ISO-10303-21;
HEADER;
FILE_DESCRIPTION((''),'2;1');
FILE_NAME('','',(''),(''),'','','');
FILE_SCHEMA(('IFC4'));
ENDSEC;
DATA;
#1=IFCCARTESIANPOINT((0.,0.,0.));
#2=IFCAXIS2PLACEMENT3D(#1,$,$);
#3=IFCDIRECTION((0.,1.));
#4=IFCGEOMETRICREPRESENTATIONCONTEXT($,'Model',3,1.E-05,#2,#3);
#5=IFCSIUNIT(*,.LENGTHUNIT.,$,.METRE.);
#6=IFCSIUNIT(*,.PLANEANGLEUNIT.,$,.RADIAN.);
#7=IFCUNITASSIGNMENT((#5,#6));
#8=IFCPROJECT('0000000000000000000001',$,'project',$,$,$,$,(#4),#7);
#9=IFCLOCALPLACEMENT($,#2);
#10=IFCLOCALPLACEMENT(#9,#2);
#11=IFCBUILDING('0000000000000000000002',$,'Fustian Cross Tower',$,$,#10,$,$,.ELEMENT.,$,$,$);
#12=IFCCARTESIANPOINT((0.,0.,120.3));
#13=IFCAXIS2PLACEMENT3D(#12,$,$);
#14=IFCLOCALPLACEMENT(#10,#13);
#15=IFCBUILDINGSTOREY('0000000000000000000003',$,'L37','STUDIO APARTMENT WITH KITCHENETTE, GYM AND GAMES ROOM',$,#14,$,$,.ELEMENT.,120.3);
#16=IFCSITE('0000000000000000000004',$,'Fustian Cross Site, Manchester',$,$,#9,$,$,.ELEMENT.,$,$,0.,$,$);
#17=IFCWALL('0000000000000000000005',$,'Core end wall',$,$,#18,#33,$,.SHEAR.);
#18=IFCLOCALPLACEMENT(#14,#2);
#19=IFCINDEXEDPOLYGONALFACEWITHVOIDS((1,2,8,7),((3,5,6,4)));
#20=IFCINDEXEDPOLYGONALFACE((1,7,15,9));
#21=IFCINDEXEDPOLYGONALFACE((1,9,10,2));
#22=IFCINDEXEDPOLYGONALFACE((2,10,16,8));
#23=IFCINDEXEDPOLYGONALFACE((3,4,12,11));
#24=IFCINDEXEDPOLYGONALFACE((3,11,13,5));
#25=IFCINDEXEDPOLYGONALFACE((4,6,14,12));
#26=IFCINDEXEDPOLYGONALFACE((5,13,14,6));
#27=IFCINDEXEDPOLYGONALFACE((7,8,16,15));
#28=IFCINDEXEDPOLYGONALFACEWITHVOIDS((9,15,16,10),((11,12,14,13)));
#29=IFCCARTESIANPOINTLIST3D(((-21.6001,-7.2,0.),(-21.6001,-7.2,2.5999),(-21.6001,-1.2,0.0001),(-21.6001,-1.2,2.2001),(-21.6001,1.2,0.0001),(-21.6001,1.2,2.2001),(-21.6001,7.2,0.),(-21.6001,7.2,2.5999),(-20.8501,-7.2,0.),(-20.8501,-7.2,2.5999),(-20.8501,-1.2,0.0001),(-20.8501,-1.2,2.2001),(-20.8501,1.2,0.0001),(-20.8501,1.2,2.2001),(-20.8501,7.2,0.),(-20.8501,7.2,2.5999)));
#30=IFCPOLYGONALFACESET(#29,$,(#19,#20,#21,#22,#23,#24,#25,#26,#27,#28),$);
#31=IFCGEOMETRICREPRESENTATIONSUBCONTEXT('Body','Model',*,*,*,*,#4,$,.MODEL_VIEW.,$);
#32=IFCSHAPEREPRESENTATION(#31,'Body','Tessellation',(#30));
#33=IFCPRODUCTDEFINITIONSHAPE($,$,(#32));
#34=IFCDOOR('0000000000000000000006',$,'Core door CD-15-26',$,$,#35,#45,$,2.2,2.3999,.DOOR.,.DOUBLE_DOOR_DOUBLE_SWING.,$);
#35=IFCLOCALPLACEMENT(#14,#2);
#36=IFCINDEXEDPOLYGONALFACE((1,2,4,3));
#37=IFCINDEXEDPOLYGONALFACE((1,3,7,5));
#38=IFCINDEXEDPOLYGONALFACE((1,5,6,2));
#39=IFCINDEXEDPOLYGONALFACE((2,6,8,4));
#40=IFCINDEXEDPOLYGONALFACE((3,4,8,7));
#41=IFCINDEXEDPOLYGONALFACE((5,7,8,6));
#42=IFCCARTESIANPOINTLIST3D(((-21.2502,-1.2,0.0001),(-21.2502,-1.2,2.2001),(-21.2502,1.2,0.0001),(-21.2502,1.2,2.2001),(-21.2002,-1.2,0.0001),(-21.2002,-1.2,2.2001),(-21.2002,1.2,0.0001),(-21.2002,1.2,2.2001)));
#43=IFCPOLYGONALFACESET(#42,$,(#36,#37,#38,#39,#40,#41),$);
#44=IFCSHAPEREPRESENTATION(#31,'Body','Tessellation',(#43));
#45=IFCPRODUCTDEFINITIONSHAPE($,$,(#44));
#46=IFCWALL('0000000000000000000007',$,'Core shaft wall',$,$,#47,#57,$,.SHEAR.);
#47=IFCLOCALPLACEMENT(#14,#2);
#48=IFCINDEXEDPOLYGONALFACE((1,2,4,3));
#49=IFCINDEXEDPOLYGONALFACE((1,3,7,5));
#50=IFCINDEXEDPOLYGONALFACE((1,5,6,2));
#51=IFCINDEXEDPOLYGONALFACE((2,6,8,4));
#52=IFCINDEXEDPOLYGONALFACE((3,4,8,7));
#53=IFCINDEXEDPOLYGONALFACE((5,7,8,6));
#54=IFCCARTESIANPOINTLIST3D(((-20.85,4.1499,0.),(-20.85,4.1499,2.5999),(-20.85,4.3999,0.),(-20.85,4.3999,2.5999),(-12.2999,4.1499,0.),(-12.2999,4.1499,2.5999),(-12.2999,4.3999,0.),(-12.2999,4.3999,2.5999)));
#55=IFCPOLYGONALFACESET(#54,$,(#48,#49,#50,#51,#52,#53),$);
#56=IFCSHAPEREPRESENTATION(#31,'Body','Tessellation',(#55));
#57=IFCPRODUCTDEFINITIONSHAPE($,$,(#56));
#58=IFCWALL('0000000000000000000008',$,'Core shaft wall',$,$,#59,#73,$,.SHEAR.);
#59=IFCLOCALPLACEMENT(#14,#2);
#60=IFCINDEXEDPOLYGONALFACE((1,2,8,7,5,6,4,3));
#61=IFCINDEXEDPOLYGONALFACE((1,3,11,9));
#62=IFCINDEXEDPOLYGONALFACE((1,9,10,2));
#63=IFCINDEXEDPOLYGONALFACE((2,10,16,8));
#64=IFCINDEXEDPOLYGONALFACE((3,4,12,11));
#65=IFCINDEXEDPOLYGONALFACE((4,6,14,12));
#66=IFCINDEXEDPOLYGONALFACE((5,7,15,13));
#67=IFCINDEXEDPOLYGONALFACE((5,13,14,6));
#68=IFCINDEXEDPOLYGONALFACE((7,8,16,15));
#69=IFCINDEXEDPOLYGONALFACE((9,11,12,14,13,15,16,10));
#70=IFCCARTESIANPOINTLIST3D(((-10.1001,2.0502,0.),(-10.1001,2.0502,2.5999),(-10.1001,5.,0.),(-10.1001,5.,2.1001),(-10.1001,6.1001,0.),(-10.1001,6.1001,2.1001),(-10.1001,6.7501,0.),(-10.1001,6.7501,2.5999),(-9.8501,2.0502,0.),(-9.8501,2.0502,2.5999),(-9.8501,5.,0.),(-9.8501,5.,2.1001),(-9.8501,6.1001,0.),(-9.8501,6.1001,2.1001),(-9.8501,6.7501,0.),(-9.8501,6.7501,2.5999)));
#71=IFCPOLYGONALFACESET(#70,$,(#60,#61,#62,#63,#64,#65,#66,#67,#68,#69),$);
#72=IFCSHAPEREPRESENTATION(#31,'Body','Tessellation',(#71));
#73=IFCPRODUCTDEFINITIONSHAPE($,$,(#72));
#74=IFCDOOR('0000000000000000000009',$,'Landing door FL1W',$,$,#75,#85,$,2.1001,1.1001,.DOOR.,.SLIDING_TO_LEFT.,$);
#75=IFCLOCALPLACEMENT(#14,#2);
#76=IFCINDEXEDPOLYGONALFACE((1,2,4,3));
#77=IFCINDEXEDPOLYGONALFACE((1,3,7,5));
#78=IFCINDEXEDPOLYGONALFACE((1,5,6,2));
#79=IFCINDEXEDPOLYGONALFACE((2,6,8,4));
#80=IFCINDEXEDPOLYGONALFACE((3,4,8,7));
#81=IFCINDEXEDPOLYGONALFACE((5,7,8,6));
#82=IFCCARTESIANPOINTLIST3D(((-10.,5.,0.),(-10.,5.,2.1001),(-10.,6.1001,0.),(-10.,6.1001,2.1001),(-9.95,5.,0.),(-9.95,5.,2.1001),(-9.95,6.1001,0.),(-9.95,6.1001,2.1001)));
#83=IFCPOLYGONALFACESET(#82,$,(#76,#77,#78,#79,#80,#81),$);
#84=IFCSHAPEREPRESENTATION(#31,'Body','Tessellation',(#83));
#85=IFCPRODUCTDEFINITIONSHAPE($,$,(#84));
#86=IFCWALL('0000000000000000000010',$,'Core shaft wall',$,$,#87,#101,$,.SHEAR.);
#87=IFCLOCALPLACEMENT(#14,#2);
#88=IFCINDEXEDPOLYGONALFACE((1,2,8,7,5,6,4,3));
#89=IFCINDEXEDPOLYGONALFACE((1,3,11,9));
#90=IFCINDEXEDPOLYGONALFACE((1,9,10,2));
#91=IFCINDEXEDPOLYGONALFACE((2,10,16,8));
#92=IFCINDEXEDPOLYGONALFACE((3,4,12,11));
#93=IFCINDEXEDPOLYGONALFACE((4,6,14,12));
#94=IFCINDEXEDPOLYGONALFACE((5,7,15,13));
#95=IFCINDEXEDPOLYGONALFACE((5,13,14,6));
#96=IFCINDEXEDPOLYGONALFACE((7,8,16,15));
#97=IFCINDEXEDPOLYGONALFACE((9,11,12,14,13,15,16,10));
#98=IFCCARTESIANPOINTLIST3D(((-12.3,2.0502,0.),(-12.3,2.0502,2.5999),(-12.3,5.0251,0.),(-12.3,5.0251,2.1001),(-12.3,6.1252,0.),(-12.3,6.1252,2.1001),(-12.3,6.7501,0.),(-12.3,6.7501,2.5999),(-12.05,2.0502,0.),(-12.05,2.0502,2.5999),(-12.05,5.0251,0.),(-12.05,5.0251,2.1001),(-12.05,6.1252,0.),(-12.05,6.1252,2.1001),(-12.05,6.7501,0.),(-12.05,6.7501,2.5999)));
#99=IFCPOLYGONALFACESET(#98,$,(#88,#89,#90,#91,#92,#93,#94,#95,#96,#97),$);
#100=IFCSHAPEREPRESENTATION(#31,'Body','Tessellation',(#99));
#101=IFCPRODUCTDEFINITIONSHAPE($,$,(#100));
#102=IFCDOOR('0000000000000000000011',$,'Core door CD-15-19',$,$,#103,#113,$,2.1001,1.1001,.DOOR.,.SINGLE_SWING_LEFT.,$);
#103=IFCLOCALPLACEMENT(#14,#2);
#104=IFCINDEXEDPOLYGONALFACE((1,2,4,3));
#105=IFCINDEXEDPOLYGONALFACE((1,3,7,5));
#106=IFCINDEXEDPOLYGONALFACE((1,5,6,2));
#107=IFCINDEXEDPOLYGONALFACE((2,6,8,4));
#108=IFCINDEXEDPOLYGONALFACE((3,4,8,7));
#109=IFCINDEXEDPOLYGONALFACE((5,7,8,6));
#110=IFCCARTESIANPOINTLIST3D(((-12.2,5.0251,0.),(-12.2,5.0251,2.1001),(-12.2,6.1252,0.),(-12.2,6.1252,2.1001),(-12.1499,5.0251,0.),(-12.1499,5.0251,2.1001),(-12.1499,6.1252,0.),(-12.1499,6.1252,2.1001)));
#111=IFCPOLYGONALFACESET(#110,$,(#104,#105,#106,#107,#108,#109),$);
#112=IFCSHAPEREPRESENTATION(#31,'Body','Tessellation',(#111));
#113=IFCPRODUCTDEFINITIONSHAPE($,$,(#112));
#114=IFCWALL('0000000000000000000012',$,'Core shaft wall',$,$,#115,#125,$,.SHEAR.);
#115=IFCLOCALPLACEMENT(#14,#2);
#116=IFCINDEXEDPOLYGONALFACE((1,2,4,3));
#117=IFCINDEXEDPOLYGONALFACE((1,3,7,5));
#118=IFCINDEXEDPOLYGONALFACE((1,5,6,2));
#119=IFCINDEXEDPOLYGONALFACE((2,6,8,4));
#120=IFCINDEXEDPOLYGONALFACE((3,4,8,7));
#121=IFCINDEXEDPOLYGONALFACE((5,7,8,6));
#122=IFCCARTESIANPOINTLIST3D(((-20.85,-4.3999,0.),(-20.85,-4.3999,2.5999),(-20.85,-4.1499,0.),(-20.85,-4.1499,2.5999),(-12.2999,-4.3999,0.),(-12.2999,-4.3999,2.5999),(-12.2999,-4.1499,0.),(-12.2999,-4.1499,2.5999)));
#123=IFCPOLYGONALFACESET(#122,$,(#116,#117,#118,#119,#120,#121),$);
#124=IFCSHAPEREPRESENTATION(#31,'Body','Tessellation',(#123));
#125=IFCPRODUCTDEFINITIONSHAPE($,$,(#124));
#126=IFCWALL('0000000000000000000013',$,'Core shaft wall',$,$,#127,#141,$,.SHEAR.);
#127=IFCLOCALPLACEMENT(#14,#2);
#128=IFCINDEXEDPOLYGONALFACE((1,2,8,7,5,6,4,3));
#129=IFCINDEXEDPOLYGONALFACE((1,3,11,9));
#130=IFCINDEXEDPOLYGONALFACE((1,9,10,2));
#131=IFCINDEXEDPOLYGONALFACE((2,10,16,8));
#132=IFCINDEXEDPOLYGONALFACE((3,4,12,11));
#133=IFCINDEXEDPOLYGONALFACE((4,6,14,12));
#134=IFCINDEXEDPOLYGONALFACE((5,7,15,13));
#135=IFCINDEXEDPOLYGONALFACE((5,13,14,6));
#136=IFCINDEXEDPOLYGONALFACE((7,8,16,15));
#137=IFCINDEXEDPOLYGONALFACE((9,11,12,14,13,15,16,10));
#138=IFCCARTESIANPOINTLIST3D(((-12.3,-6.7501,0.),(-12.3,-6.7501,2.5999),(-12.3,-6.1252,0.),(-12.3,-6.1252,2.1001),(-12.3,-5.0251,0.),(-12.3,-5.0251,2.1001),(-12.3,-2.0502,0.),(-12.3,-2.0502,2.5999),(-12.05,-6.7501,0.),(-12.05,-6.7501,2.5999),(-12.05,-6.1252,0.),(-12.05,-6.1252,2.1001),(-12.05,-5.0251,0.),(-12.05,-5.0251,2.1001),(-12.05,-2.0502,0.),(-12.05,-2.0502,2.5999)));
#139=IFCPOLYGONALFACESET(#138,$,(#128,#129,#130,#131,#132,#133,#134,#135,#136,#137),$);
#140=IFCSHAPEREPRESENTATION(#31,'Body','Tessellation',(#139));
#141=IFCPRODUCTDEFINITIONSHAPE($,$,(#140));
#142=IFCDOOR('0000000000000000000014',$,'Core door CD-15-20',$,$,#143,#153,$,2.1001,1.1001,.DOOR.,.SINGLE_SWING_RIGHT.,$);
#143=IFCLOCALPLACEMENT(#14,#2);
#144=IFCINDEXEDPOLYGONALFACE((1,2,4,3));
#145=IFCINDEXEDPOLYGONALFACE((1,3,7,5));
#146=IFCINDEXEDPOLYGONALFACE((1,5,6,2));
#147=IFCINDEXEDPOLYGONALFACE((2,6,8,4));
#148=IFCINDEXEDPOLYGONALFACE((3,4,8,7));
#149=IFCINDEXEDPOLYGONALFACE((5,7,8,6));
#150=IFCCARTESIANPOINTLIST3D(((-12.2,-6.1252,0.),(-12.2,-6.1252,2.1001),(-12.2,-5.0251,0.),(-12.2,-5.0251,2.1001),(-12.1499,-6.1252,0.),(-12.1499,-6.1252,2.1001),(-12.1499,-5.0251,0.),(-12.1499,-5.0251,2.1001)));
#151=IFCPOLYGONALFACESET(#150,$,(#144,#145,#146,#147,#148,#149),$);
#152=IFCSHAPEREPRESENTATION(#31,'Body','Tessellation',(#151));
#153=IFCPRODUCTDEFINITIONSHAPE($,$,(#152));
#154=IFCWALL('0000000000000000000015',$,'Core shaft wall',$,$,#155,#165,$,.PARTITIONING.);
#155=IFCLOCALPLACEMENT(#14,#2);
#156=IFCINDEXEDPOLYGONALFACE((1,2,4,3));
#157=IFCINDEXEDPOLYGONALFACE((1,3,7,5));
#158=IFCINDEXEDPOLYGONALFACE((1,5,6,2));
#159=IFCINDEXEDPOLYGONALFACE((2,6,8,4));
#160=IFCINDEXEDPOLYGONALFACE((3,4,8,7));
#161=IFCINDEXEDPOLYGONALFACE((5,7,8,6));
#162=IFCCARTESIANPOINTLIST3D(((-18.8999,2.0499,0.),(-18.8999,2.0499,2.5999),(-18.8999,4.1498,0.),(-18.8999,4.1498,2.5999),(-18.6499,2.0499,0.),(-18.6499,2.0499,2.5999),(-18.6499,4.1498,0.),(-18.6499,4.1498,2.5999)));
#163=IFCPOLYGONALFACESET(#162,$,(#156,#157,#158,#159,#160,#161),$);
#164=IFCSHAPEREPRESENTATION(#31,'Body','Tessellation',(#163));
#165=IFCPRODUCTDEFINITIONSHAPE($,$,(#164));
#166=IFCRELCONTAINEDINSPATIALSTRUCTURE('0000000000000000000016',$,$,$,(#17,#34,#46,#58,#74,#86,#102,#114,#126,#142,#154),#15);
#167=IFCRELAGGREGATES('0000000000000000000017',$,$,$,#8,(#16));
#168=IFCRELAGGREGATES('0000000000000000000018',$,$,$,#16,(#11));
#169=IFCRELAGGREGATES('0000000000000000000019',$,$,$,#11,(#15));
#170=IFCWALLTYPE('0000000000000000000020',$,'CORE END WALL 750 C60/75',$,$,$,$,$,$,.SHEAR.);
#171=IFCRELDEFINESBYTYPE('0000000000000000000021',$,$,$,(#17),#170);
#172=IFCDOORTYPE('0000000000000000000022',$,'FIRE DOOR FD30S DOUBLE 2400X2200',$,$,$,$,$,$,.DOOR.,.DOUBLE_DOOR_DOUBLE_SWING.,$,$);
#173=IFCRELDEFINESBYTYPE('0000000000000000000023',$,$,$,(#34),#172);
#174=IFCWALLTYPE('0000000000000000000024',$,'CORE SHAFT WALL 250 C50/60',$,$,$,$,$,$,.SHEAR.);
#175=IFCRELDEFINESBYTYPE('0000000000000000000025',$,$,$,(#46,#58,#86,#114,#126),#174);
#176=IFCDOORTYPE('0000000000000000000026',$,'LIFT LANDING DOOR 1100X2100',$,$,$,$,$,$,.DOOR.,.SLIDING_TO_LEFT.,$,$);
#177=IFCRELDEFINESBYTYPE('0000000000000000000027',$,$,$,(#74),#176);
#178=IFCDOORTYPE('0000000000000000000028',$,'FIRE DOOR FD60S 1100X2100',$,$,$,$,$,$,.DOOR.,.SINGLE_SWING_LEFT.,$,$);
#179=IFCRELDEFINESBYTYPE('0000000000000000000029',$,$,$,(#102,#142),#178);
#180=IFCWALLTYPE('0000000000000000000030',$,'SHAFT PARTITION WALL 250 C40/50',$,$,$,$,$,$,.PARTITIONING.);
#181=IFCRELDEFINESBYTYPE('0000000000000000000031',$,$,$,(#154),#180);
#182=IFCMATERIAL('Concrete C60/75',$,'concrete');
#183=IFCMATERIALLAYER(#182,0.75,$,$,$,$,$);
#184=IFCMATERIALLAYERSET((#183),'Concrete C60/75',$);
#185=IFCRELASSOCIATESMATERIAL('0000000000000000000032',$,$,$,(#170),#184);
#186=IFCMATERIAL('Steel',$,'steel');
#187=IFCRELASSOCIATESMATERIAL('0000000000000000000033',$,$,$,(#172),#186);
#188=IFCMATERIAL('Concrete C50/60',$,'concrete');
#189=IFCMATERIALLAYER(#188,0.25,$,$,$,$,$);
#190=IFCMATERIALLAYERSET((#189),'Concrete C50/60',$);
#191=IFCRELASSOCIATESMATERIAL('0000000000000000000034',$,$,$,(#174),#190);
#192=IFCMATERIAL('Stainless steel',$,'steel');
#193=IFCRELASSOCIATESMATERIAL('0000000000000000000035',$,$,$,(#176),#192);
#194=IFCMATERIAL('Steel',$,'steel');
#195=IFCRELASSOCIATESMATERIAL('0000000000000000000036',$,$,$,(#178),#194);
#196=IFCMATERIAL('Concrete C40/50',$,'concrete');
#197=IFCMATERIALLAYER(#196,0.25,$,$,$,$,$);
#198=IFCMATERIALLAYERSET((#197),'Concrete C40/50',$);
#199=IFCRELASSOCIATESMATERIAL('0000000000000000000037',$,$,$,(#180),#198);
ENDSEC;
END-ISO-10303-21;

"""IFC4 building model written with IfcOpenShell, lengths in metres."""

from ifc_helpers import new_model, si_unit, direction, frame, frame_2d, origin, place, context, subcontext, project, spatial, rectangle, extrude, material, layer, layer_set, type_object, element, fill, save


model = new_model("IFC4")

# Units and contexts
model_context = context("Model", 3, precision=1e-05, world=origin(), true_north=direction((0.0, 1.0)))
body_context = subcontext(model_context, "Body", "Model", "MODEL_VIEW")
ifc_project = project(units=[si_unit("LENGTHUNIT", "METRE"), si_unit("PLANEANGLEUNIT", "RADIAN")], contexts=[model_context])

# Site, building, storey
site_placement = place(None, origin())
site = spatial("IfcSite", under=ifc_project, at=site_placement, Name="Fustian Cross Site, Manchester", CompositionType="ELEMENT", RefElevation=0.0)
building_placement = place(site_placement, origin())
building = spatial("IfcBuilding", under=site, at=building_placement, Name="Fustian Cross Tower", CompositionType="ELEMENT")
storey_placement = place(building_placement, frame((0.0, 0.0, 120.3)))
storey = spatial("IfcBuildingStorey", under=building, at=storey_placement, Name="L37", Description="STUDIO APARTMENT WITH KITCHENETTE, GYM AND GAMES ROOM", CompositionType="ELEMENT", Elevation=120.3)

# Wall, opening, door
ifc_material_1 = material(Name="Concrete C60/75", Category="concrete")
ifc_layer_1 = layer(ifc_material_1, 0.75)
ifc_layer_set_1 = layer_set([ifc_layer_1], Name="Concrete C60/75")
wall_type_1 = type_object("IfcWallType", Name="CORE END WALL 750 C60/75", PredefinedType="SHEAR", material=ifc_layer_set_1)
wall_1_placement = place(storey_placement, frame((-21.2251, -7.2, 0.0), z_axis=(0.0, 0.0, 1.0), x_axis=(0.0, 1.0, 0.0)))
wall_1 = element("IfcWall", 1, at=wall_1_placement, inside=storey, type_object=wall_type_1, Name="Core end wall", PredefinedType="SHEAR", context=body_context, shape_type="SweptSolid", body=[
    extrude(rectangle(XDim=14.3999, YDim=0.75, at=frame_2d((7.2, 0.0))), origin(), (0.0, 0.0, 1.0), 2.5999),
])
opening_1_placement = place(wall_1_placement, frame((6.0, 0.0, 0.0)))
opening_1 = element("IfcOpeningElement", 2, at=opening_1_placement, cuts=wall_1, PredefinedType="OPENING", context=body_context, shape_type="SweptSolid", body=[
    extrude(rectangle(XDim=2.3999, YDim=2.2, at=frame_2d((1.2, 1.1001))), frame((0.0, 0.385, 0.0), z_axis=(0.0, -1.0, 0.0), x_axis=(1.0, 0.0, 0.0)), (0.0, 0.0, 1.0), 0.77),
])
ifc_material_2 = material(Name="Steel", Category="steel")
door_type_1 = type_object("IfcDoorType", Name="FIRE DOOR FD30S DOUBLE 2400X2200", OperationType="DOUBLE_DOOR_DOUBLE_SWING", PredefinedType="DOOR", material=ifc_material_2)
door_1_placement = place(opening_1_placement, frame((2.3999, 0.0, 0.0), z_axis=(0.0, 0.0, 1.0), x_axis=(-1.0, 0.0, 0.0)))
door_1 = element("IfcDoor", 3, at=door_1_placement, inside=storey, type_object=door_type_1, Name="Core door CD-15-26", OperationType="DOUBLE_DOOR_DOUBLE_SWING", OverallHeight=2.2, OverallWidth=2.3999, PredefinedType="DOOR", context=body_context, shape_type="SweptSolid", body=[
    extrude(rectangle(XDim=2.3999, YDim=2.2, at=frame_2d((1.2, 1.1001))), frame((0.0, 0.0249, 0.0), z_axis=(0.0, -1.0, 0.0), x_axis=(1.0, 0.0, 0.0)), (0.0, 0.0, 1.0), 0.05),
])
fill(opening_1, door_1)

# Wall
ifc_material_3 = material(Name="Concrete C50/60", Category="concrete")
ifc_layer_2 = layer(ifc_material_3, 0.25)
ifc_layer_set_2 = layer_set([ifc_layer_2], Name="Concrete C50/60")
wall_type_2 = type_object("IfcWallType", Name="CORE SHAFT WALL 250 C50/60", PredefinedType="SHEAR", material=ifc_layer_set_2)
wall_2_placement = place(storey_placement, frame((-12.3, 4.2749, 0.0), z_axis=(0.0, 0.0, 1.0), x_axis=(-1.0, 0.0, 0.0)))
element("IfcWall", 4, at=wall_2_placement, inside=storey, type_object=wall_type_2, Name="Core shaft wall", PredefinedType="SHEAR", context=body_context, shape_type="SweptSolid", body=[
    extrude(rectangle(XDim=8.55, YDim=0.25, at=frame_2d((4.2749, 0.0))), origin(), (0.0, 0.0, 1.0), 2.5999),
])

# Walls, openings, doors
wall_3_placement = place(storey_placement, frame((-9.9751, 2.05, 0.0), z_axis=(0.0, 0.0, 1.0), x_axis=(0.0, 1.0, 0.0)))
wall_3 = element("IfcWall", 5, at=wall_3_placement, inside=storey, type_object=wall_type_2, Name="Core shaft wall", PredefinedType="SHEAR", context=body_context, shape_type="SweptSolid", body=[
    extrude(rectangle(XDim=4.7, YDim=0.25, at=frame_2d((2.3501, 0.0))), origin(), (0.0, 0.0, 1.0), 2.5999),
])
opening_2_placement = place(wall_3_placement, frame((2.95, 0.0, 0.0)))
opening_2 = element("IfcOpeningElement", 6, at=opening_2_placement, cuts=wall_3, PredefinedType="OPENING", context=body_context, shape_type="SweptSolid", body=[
    extrude(rectangle(XDim=1.1001, YDim=2.1001, at=frame_2d((0.55, 1.05))), frame((0.0, 0.135, 0.0), z_axis=(0.0, -1.0, 0.0), x_axis=(1.0, 0.0, 0.0)), (0.0, 0.0, 1.0), 0.27),
])
ifc_material_4 = material(Name="Stainless steel", Category="steel")
door_type_2 = type_object("IfcDoorType", Name="LIFT LANDING DOOR 1100X2100", OperationType="SLIDING_TO_LEFT", PredefinedType="DOOR", material=ifc_material_4)
door_2_placement = place(opening_2_placement, origin())
door_2 = element("IfcDoor", 7, at=door_2_placement, inside=storey, type_object=door_type_2, Name="Landing door FL1W", OperationType="SLIDING_TO_LEFT", OverallHeight=2.1001, OverallWidth=1.1001, PredefinedType="DOOR", context=body_context, shape_type="SweptSolid", body=[
    extrude(rectangle(XDim=1.1001, YDim=2.1001, at=frame_2d((0.55, 1.05))), frame((0.0, 0.0249, 0.0), z_axis=(0.0, -1.0, 0.0), x_axis=(1.0, 0.0, 0.0)), (0.0, 0.0, 1.0), 0.05),
])
fill(opening_2, door_2)
wall_4_placement = place(storey_placement, frame((-12.175, 2.05, 0.0), z_axis=(0.0, 0.0, 1.0), x_axis=(0.0, 1.0, 0.0)))
wall_4 = element("IfcWall", 8, at=wall_4_placement, inside=storey, type_object=wall_type_2, Name="Core shaft wall", PredefinedType="SHEAR", context=body_context, shape_type="SweptSolid", body=[
    extrude(rectangle(XDim=4.7, YDim=0.25, at=frame_2d((2.3501, 0.0))), origin(), (0.0, 0.0, 1.0), 2.5999),
])
opening_3_placement = place(wall_4_placement, frame((2.9751, 0.0, 0.0)))
opening_3 = element("IfcOpeningElement", 9, at=opening_3_placement, cuts=wall_4, PredefinedType="OPENING", context=body_context, shape_type="SweptSolid", body=[
    extrude(rectangle(XDim=1.1001, YDim=2.1001, at=frame_2d((0.55, 1.05))), frame((0.0, 0.135, 0.0), z_axis=(0.0, -1.0, 0.0), x_axis=(1.0, 0.0, 0.0)), (0.0, 0.0, 1.0), 0.27),
])
ifc_material_5 = material(Name="Steel", Category="steel")
door_type_3 = type_object("IfcDoorType", Name="FIRE DOOR FD60S 1100X2100", OperationType="SINGLE_SWING_LEFT", PredefinedType="DOOR", material=ifc_material_5)
door_3_placement = place(opening_3_placement, origin())
door_3 = element("IfcDoor", 10, at=door_3_placement, inside=storey, type_object=door_type_3, Name="Core door CD-15-19", OperationType="SINGLE_SWING_LEFT", OverallHeight=2.1001, OverallWidth=1.1001, PredefinedType="DOOR", context=body_context, shape_type="SweptSolid", body=[
    extrude(rectangle(XDim=1.1001, YDim=2.1001, at=frame_2d((0.55, 1.05))), frame((0.0, 0.0249, 0.0), z_axis=(0.0, -1.0, 0.0), x_axis=(1.0, 0.0, 0.0)), (0.0, 0.0, 1.0), 0.05),
])
fill(opening_3, door_3)

# Wall
wall_5_placement = place(storey_placement, frame((-12.3, -4.2749, 0.0), z_axis=(0.0, 0.0, 1.0), x_axis=(-1.0, 0.0, 0.0)))
element("IfcWall", 11, at=wall_5_placement, inside=storey, type_object=wall_type_2, Name="Core shaft wall", PredefinedType="SHEAR", context=body_context, shape_type="SweptSolid", body=[
    extrude(rectangle(XDim=8.55, YDim=0.25, at=frame_2d((4.2749, 0.0))), origin(), (0.0, 0.0, 1.0), 2.5999),
])

# Wall, opening, door
wall_6_placement = place(storey_placement, frame((-12.175, -2.05, 0.0), z_axis=(0.0, 0.0, 1.0), x_axis=(0.0, -1.0, 0.0)))
wall_6 = element("IfcWall", 12, at=wall_6_placement, inside=storey, type_object=wall_type_2, Name="Core shaft wall", PredefinedType="SHEAR", context=body_context, shape_type="SweptSolid", body=[
    extrude(rectangle(XDim=4.7, YDim=0.25, at=frame_2d((2.3501, 0.0))), origin(), (0.0, 0.0, 1.0), 2.5999),
])
opening_4_placement = place(wall_6_placement, frame((2.9751, 0.0, 0.0)))
opening_4 = element("IfcOpeningElement", 13, at=opening_4_placement, cuts=wall_6, PredefinedType="OPENING", context=body_context, shape_type="SweptSolid", body=[
    extrude(rectangle(XDim=1.1001, YDim=2.1001, at=frame_2d((0.55, 1.05))), frame((0.0, 0.135, 0.0), z_axis=(0.0, -1.0, 0.0), x_axis=(1.0, 0.0, 0.0)), (0.0, 0.0, 1.0), 0.27),
])
door_4_placement = place(opening_4_placement, frame((1.1001, 0.0, 0.0), z_axis=(0.0, 0.0, 1.0), x_axis=(-1.0, 0.0, 0.0)))
door_4 = element("IfcDoor", 14, at=door_4_placement, inside=storey, type_object=door_type_3, Name="Core door CD-15-20", OperationType="SINGLE_SWING_RIGHT", OverallHeight=2.1001, OverallWidth=1.1001, PredefinedType="DOOR", context=body_context, shape_type="SweptSolid", body=[
    extrude(rectangle(XDim=1.1001, YDim=2.1001, at=frame_2d((0.55, 1.05))), frame((0.0, 0.0249, 0.0), z_axis=(0.0, -1.0, 0.0), x_axis=(1.0, 0.0, 0.0)), (0.0, 0.0, 1.0), 0.05),
])
fill(opening_4, door_4)

# Wall
ifc_material_6 = material(Name="Concrete C40/50", Category="concrete")
ifc_layer_3 = layer(ifc_material_6, 0.25)
ifc_layer_set_3 = layer_set([ifc_layer_3], Name="Concrete C40/50")
wall_type_3 = type_object("IfcWallType", Name="SHAFT PARTITION WALL 250 C40/50", PredefinedType="PARTITIONING", material=ifc_layer_set_3)
for number, where, z_axis, x_axis, name in (
    (15, (-18.7749, 2.05, 0.0), (0.0, 0.0, 1.0), (0.0, 1.0, 0.0), "Core shaft wall"),
):
    element("IfcWall", number, at=place(storey_placement, frame(where, z_axis=z_axis, x_axis=x_axis)), inside=storey, type_object=wall_type_3, Name=name, PredefinedType="PARTITIONING", context=body_context, shape_type="SweptSolid", body=[
        extrude(rectangle(XDim=2.0999, YDim=0.25, at=frame_2d((1.0498, 0.0))), origin(), (0.0, 0.0, 1.0), 2.5999),
    ])

save(model, "model.ifc")
